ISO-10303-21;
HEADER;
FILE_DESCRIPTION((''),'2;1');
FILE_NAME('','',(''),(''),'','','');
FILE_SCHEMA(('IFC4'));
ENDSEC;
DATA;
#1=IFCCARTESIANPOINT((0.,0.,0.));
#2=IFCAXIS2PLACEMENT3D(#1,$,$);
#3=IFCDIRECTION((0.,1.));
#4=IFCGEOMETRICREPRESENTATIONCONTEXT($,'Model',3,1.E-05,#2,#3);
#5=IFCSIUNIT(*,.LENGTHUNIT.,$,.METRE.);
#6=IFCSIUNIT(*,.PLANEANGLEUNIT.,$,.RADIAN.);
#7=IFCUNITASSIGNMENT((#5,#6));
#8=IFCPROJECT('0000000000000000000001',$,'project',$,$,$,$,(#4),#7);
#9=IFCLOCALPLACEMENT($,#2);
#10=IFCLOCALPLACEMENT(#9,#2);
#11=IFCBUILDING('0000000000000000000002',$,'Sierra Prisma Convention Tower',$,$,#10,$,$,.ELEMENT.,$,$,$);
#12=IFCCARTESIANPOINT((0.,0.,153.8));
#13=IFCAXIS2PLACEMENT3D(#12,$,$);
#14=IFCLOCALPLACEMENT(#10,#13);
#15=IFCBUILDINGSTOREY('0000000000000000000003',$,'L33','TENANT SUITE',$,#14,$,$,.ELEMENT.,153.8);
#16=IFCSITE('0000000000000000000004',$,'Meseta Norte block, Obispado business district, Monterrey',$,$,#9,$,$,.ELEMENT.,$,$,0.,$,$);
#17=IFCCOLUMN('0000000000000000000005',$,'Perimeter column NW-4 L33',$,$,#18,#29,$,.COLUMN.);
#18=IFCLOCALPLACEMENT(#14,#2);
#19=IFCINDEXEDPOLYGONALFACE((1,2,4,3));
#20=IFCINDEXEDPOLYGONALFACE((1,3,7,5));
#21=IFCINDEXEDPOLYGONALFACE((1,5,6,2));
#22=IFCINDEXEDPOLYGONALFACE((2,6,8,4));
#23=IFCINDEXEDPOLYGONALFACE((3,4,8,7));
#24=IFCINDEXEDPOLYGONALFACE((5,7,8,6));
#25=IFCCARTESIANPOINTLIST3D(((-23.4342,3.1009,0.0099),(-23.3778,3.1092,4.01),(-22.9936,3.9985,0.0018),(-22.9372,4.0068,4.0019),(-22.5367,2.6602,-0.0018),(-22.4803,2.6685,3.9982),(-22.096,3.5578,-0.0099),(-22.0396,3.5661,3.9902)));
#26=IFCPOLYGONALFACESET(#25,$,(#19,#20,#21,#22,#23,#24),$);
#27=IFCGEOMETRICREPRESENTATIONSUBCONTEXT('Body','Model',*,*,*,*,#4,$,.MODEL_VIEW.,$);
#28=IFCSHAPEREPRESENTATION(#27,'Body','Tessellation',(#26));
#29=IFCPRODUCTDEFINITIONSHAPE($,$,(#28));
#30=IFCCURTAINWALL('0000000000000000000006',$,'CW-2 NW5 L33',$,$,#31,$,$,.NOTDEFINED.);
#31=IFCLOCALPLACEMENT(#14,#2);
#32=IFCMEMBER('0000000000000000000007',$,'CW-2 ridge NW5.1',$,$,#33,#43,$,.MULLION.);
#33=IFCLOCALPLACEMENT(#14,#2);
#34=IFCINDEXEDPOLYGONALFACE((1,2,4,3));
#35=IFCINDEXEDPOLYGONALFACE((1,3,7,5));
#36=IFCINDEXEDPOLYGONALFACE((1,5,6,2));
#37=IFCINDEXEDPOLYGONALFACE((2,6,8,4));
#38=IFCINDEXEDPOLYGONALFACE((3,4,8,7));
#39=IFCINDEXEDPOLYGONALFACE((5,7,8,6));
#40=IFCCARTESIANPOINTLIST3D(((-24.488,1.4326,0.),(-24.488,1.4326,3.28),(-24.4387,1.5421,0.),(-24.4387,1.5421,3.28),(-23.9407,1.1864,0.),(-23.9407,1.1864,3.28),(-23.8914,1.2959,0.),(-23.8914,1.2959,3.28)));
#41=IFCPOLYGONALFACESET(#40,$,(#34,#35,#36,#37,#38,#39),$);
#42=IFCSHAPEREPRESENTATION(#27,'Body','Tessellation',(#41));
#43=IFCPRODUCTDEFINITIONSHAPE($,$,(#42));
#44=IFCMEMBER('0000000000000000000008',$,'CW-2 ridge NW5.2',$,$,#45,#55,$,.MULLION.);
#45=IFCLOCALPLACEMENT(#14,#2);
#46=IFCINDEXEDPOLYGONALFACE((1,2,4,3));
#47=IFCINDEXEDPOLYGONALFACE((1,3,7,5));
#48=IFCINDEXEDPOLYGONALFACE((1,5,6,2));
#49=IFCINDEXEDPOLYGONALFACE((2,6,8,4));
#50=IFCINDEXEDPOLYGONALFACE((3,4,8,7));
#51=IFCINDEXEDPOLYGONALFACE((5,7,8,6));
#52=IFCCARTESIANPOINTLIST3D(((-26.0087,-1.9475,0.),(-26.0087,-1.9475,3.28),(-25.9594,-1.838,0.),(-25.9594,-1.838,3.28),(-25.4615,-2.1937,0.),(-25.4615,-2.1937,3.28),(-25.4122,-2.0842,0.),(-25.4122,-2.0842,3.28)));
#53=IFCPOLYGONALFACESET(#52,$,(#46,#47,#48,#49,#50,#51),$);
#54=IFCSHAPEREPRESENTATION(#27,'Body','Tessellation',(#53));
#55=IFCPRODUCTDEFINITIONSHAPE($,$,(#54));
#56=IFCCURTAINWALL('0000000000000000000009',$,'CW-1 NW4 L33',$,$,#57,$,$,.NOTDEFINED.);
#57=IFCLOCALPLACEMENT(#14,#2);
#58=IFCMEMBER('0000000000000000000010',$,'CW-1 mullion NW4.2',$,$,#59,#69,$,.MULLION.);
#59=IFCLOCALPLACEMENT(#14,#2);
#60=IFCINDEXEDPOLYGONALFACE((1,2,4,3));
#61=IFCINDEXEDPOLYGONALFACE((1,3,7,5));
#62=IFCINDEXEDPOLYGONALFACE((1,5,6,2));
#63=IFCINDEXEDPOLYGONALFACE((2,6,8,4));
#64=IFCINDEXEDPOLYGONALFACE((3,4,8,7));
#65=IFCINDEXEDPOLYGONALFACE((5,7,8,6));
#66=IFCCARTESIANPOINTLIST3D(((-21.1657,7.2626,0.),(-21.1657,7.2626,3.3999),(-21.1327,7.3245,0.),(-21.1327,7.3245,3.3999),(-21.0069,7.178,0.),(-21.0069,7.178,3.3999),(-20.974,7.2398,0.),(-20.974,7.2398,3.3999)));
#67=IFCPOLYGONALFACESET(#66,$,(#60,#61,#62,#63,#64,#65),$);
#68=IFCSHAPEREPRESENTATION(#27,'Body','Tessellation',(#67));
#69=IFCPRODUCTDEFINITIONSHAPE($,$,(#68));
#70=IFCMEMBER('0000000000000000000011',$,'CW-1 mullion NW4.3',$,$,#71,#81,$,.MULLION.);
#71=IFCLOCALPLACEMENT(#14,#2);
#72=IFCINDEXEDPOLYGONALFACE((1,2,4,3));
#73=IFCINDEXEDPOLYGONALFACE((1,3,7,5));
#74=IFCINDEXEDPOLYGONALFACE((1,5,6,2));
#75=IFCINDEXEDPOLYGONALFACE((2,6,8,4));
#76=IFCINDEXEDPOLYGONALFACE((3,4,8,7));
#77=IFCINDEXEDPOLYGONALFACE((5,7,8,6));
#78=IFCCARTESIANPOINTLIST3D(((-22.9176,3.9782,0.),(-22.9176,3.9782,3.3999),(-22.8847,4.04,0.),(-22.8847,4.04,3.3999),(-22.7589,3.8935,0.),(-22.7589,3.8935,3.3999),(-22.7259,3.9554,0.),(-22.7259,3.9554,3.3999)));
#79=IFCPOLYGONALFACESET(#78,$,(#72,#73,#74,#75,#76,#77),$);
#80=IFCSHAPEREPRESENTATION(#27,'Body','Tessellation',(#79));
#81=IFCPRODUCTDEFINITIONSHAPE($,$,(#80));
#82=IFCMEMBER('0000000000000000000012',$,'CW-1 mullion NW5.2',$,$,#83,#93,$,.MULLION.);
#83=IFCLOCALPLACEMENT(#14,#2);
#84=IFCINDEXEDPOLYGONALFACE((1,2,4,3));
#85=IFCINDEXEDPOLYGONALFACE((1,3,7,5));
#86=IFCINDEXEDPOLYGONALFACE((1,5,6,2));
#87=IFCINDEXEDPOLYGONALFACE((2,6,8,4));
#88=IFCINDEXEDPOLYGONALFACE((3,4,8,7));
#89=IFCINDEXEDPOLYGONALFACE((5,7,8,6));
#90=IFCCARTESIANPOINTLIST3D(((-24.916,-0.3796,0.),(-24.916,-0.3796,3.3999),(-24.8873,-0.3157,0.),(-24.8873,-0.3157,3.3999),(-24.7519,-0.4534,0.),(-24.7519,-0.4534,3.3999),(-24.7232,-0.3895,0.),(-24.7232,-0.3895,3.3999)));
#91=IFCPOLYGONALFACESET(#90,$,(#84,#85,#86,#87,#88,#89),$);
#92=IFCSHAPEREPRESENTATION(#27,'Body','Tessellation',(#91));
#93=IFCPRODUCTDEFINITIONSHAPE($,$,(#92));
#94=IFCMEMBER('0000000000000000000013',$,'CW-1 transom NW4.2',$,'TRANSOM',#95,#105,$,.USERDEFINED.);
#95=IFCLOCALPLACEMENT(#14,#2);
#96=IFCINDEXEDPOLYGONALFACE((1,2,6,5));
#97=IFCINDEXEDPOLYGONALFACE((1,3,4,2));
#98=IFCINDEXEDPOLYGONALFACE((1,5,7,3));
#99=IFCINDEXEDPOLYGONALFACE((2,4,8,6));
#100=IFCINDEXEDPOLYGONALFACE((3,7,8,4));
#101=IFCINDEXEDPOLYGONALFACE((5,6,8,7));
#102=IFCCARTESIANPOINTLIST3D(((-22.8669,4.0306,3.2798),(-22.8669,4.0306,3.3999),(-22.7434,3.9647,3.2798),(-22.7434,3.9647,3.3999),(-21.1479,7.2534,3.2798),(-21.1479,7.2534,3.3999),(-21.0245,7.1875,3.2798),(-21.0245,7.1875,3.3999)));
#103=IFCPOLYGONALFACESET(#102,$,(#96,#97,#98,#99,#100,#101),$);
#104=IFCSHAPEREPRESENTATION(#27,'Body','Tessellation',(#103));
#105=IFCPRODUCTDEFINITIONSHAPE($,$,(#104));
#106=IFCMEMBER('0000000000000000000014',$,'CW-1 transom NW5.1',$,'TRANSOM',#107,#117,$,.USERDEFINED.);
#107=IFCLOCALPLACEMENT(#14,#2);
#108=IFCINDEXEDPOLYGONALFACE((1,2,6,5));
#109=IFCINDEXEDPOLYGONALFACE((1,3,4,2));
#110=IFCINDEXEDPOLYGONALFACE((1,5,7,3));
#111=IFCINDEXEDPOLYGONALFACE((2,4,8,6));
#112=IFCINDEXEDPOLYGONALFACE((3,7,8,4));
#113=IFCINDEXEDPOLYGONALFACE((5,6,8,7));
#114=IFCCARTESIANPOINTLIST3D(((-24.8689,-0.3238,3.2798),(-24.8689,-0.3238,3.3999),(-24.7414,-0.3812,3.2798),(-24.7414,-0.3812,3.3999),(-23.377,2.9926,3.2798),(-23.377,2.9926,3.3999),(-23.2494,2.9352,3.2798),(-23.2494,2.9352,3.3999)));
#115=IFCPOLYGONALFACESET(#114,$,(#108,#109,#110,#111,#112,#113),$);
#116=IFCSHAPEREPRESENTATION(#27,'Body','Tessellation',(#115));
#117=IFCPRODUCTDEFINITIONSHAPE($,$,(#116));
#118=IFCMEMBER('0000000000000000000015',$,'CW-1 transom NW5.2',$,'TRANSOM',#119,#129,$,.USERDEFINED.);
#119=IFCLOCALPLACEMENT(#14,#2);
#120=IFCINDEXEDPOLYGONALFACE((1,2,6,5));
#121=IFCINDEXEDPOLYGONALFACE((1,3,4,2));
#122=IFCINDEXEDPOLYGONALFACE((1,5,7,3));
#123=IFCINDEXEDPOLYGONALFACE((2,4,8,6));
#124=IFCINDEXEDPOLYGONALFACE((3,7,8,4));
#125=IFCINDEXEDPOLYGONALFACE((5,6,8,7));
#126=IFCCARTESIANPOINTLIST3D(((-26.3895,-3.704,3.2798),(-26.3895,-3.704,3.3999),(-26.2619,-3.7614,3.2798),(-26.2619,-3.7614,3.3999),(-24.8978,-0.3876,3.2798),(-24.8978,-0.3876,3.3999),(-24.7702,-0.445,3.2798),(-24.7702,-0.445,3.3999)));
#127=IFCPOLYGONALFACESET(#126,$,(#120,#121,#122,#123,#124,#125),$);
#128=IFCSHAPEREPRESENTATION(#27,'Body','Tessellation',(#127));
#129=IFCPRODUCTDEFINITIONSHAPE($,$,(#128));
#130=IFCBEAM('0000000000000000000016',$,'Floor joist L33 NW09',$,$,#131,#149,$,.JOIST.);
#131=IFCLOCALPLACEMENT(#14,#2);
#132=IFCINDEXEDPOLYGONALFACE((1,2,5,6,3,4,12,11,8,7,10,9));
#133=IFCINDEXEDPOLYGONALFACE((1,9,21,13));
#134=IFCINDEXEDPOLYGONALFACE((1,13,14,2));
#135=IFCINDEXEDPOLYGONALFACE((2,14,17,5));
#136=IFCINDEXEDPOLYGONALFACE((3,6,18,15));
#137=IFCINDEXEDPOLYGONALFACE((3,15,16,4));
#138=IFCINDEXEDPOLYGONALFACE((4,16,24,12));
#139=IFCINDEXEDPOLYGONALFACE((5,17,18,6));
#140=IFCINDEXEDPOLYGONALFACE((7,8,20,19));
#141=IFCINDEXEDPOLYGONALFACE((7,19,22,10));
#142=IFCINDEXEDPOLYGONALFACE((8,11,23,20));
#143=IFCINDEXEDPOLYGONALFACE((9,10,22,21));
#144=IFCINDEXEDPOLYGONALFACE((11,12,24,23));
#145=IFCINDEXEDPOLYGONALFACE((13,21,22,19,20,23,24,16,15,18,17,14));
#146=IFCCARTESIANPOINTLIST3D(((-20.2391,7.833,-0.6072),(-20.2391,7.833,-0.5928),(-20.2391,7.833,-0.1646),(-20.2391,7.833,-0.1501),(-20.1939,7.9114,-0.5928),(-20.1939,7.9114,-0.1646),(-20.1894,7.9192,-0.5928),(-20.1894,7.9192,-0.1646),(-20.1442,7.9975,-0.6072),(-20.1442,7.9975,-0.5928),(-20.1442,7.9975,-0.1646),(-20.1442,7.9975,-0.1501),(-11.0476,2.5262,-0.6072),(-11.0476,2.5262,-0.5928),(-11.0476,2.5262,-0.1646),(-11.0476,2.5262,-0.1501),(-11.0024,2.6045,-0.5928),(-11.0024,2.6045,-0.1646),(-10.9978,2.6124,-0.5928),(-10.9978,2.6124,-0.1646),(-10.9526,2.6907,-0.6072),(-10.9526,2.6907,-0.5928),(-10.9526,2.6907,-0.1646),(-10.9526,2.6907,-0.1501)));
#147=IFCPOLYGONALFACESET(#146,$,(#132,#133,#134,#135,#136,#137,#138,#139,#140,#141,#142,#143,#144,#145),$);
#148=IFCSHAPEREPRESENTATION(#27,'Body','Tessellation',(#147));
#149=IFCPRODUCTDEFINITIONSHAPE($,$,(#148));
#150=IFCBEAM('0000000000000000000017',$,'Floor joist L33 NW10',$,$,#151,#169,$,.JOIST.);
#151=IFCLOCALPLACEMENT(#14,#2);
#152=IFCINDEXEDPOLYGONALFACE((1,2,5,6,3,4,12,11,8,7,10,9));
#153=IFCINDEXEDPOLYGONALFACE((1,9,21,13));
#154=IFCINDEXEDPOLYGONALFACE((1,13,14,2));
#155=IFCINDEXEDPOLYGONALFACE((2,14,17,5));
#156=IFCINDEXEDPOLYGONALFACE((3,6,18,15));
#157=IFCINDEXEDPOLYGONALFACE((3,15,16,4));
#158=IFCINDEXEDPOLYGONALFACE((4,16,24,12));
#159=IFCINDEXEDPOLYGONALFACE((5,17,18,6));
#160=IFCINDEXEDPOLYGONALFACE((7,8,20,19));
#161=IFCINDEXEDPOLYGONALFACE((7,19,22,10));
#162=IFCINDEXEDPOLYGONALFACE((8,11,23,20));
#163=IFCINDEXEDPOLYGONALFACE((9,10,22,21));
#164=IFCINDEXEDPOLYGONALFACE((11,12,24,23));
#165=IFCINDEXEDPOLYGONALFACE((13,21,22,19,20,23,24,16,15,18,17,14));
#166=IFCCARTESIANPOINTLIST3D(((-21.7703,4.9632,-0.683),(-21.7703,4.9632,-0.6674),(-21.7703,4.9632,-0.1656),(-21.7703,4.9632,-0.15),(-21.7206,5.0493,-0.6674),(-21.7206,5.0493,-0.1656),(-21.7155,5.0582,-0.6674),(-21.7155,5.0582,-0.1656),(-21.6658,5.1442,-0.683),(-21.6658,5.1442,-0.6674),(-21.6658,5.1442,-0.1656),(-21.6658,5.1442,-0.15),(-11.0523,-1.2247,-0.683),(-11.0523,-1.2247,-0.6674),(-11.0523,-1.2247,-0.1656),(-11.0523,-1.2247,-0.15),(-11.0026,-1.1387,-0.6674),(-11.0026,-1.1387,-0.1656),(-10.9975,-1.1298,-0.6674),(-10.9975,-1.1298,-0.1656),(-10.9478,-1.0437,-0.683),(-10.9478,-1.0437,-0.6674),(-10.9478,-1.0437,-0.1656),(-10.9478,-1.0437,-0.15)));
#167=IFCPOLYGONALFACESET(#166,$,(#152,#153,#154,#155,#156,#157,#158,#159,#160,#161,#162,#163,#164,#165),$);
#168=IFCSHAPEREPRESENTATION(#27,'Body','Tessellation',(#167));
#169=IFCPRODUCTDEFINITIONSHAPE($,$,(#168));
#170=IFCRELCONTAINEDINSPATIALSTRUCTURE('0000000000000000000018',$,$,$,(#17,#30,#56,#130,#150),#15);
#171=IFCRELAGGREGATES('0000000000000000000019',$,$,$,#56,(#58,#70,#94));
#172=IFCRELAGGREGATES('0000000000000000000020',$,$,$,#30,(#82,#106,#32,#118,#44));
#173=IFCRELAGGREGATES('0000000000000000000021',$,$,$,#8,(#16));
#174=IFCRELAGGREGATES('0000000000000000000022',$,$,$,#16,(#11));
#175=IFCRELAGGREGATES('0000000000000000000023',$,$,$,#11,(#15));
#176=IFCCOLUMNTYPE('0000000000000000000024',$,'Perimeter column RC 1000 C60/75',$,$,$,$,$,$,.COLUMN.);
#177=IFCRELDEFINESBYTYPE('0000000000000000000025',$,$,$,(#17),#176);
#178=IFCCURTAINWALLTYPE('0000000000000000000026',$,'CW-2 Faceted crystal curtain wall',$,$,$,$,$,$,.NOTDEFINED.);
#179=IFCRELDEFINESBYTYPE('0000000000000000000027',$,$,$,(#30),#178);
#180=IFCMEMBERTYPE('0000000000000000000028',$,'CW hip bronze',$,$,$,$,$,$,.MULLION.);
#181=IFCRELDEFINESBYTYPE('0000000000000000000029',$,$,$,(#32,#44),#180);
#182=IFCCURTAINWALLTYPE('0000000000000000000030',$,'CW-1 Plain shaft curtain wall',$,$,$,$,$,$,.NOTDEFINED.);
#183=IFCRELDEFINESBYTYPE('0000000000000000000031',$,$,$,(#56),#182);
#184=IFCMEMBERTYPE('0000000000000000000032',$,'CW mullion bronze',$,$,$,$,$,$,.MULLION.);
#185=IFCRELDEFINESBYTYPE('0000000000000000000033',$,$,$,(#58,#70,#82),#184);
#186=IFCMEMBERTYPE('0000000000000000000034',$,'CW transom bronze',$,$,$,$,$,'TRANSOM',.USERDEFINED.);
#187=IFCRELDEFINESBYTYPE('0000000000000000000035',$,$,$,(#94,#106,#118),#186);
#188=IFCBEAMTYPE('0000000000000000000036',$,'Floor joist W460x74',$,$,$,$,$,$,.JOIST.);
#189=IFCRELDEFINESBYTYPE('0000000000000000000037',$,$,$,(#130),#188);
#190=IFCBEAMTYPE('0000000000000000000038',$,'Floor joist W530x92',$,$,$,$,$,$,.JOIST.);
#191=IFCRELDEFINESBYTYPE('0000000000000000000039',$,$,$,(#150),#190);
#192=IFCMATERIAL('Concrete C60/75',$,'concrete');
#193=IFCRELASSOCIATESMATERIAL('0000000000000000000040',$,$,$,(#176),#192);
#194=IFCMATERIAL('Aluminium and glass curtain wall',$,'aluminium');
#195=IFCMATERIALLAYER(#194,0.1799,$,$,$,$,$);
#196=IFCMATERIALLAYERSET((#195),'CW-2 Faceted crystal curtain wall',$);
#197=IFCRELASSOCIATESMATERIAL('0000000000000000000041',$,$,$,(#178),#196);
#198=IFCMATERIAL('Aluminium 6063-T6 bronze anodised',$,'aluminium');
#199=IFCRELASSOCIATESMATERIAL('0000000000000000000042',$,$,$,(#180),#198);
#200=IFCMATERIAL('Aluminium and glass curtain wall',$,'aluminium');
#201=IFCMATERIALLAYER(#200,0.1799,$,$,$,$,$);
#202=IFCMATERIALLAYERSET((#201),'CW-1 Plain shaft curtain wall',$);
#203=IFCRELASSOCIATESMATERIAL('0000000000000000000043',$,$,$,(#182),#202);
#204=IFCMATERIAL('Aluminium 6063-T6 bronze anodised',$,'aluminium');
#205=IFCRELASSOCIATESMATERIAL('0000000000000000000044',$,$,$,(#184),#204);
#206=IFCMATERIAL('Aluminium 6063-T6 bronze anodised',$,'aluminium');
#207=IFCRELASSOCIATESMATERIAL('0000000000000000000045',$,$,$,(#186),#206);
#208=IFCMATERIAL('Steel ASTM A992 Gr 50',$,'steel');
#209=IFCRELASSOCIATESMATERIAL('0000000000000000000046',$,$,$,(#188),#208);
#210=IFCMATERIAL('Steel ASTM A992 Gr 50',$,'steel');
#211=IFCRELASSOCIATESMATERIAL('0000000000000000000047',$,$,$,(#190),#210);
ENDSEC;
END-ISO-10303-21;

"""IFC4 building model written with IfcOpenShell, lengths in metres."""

from ifc_helpers import new_model, si_unit, direction, frame, origin, origin_2d, place, context, subcontext, project, spatial, rectangle, i_section, extrude, material, layer, layer_set, material_profile, profile_set, type_object, element, aggregate, save


model = new_model("IFC4")

# Units and contexts
model_context = context("Model", 3, precision=1e-05, world=origin(), true_north=direction((0.0, 1.0)))
body_context = subcontext(model_context, "Body", "Model", "MODEL_VIEW")
ifc_project = project(units=[si_unit("LENGTHUNIT", "METRE"), si_unit("PLANEANGLEUNIT", "RADIAN")], contexts=[model_context])

# Site, building, storey
site_placement = place(None, origin())
site = spatial("IfcSite", under=ifc_project, at=site_placement, Name="Meseta Norte block, Obispado business district, Monterrey", CompositionType="ELEMENT", RefElevation=0.0)
building_placement = place(site_placement, origin())
building = spatial("IfcBuilding", under=site, at=building_placement, Name="Sierra Prisma Convention Tower", CompositionType="ELEMENT")
storey_placement = place(building_placement, frame((0.0, 0.0, 153.8)))
storey = spatial("IfcBuildingStorey", under=building, at=storey_placement, Name="L33", Description="TENANT SUITE", CompositionType="ELEMENT", Elevation=153.8)

# Column
ifc_material_1 = material(Name="Concrete C60/75", Category="concrete")
ifc_material_profile_1 = material_profile(ifc_material_1, rectangle(XDim=1.0, YDim=1.0, at=origin_2d()), Name="Perimeter column RC 1000 C60/75")
ifc_profile_set_1 = profile_set([ifc_material_profile_1], Name="Concrete C60/75")
column_type = type_object("IfcColumnType", Name="Perimeter column RC 1000 C60/75", PredefinedType="COLUMN", material=ifc_profile_set_1)
column_placement = place(storey_placement, frame((-22.7651, 3.3293, 0.0), z_axis=(0.014098, 0.002075, 0.999898), x_axis=(0.440646, 0.897645, -0.008076)))
element("IfcColumn", 1, at=column_placement, inside=storey, type_object=column_type, Name="Perimeter column NW-4 L33", PredefinedType="COLUMN", context=body_context, shape_type="SweptSolid", body=[
    extrude(rectangle(XDim=1.0, YDim=1.0, at=origin_2d()), origin(), (0.0, 0.0, 1.0), 4.0005),
])

# Curtain walls, members
ifc_material_2 = material(Name="Aluminium and glass curtain wall", Category="aluminium")
ifc_layer_1 = layer(ifc_material_2, 0.1799)
ifc_layer_set_1 = layer_set([ifc_layer_1], Name="CW-2 Faceted crystal curtain wall")
curtain_wall_type_1 = type_object("IfcCurtainWallType", Name="CW-2 Faceted crystal curtain wall", PredefinedType="NOTDEFINED", material=ifc_layer_set_1)
curtain_wall_1_placement = place(storey_placement, origin())
curtain_wall_1 = element("IfcCurtainWall", 2, at=curtain_wall_1_placement, inside=storey, type_object=curtain_wall_type_1, Name="CW-2 NW5 L33", PredefinedType="NOTDEFINED")
ifc_material_3 = material(Name="Aluminium 6063-T6 bronze anodised", Category="aluminium")
ifc_material_profile_2 = material_profile(ifc_material_3, rectangle(XDim=0.1201, YDim=0.6001, at=origin_2d()), Name="ALU RIDGE BLADE 120x600")
ifc_profile_set_2 = profile_set([ifc_material_profile_2], Name="Aluminium 6063-T6 bronze anodised")
member_type_1 = type_object("IfcMemberType", Name="CW hip bronze", PredefinedType="MULLION", material=ifc_profile_set_2)
member_1_placement = place(storey_placement, frame((-24.1897, 1.3643, 0.0), z_axis=(0.0, 0.0, 1.0), x_axis=(-0.410271, -0.911964, 0.0)))
member_1 = element("IfcMember", 3, at=member_1_placement, type_object=member_type_1, Name="CW-2 ridge NW5.1", PredefinedType="MULLION", context=body_context, shape_type="SweptSolid", body=[
    extrude(rectangle(XDim=0.1201, YDim=0.6001, at=origin_2d()), origin(), (0.0, 0.0, 1.0), 3.28),
])
member_2_placement = place(storey_placement, frame((-25.7104, -2.0159, 0.0), z_axis=(0.0, 0.0, 1.0), x_axis=(-0.410271, -0.911964, 0.0)))
member_2 = element("IfcMember", 4, at=member_2_placement, type_object=member_type_1, Name="CW-2 ridge NW5.2", PredefinedType="MULLION", context=body_context, shape_type="SweptSolid", body=[
    extrude(rectangle(XDim=0.1201, YDim=0.6001, at=origin_2d()), origin(), (0.0, 0.0, 1.0), 3.28),
])
ifc_material_4 = material(Name="Aluminium and glass curtain wall", Category="aluminium")
ifc_layer_2 = layer(ifc_material_4, 0.1799)
ifc_layer_set_2 = layer_set([ifc_layer_2], Name="CW-1 Plain shaft curtain wall")
curtain_wall_type_2 = type_object("IfcCurtainWallType", Name="CW-1 Plain shaft curtain wall", PredefinedType="NOTDEFINED", material=ifc_layer_set_2)
curtain_wall_2_placement = place(storey_placement, origin())
curtain_wall_2 = element("IfcCurtainWall", 5, at=curtain_wall_2_placement, inside=storey, type_object=curtain_wall_type_2, Name="CW-1 NW4 L33", PredefinedType="NOTDEFINED")
ifc_material_5 = material(Name="Aluminium 6063-T6 bronze anodised", Category="aluminium")
ifc_material_profile_3 = material_profile(ifc_material_5, rectangle(XDim=0.1799, YDim=0.0701, at=origin_2d()), Name="ALU MULLION 70x180")
ifc_profile_set_3 = profile_set([ifc_material_profile_3], Name="Aluminium 6063-T6 bronze anodised")
member_type_2 = type_object("IfcMemberType", Name="CW mullion bronze", PredefinedType="MULLION", material=ifc_profile_set_3)
member_3_placement = place(storey_placement, frame((-21.0698, 7.2512, 0.0), z_axis=(0.0, 0.0, 1.0), x_axis=(0.882341, -0.470611, 0.0)))
member_3 = element("IfcMember", 6, at=member_3_placement, type_object=member_type_2, Name="CW-1 mullion NW4.2", PredefinedType="MULLION", context=body_context, shape_type="SweptSolid", body=[
    extrude(rectangle(XDim=0.1799, YDim=0.0701, at=origin_2d()), origin(), (0.0, 0.0, 1.0), 3.3999),
])
member_4_placement = place(storey_placement, frame((-22.8218, 3.9668, 0.0), z_axis=(0.0, 0.0, 1.0), x_axis=(0.882341, -0.470611, 0.0)))
member_4 = element("IfcMember", 7, at=member_4_placement, type_object=member_type_2, Name="CW-1 mullion NW4.3", PredefinedType="MULLION", context=body_context, shape_type="SweptSolid", body=[
    extrude(rectangle(XDim=0.1799, YDim=0.0701, at=origin_2d()), origin(), (0.0, 0.0, 1.0), 3.3999),
])

# Members
member_5_placement = place(storey_placement, frame((-24.8196, -0.3845, 0.0), z_axis=(0.0, 0.0, 1.0), x_axis=(0.911964, -0.410271, 0.0)))
member_5 = element("IfcMember", 8, at=member_5_placement, type_object=member_type_2, Name="CW-1 mullion NW5.2", PredefinedType="MULLION", context=body_context, shape_type="SweptSolid", body=[
    extrude(rectangle(XDim=0.1799, YDim=0.0701, at=origin_2d()), origin(), (0.0, 0.0, 1.0), 3.3999),
])
ifc_material_6 = material(Name="Aluminium 6063-T6 bronze anodised", Category="aluminium")
ifc_material_profile_4 = material_profile(ifc_material_6, rectangle(XDim=0.1399, YDim=0.1201, at=origin_2d()), Name="ALU TRANSOM 120x140")
ifc_profile_set_4 = profile_set([ifc_material_profile_4], Name="Aluminium 6063-T6 bronze anodised")
member_type_3 = type_object("IfcMemberType", Name="CW transom bronze", ElementType="TRANSOM", PredefinedType="USERDEFINED", material=ifc_profile_set_4)
member_6_placement = place(storey_placement, frame((-21.0862, 7.2205, 3.3398), z_axis=(-0.470613, -0.88234, 0.0), x_axis=(0.88234, -0.470613, 0.0)))
member_6 = element("IfcMember", 9, at=member_6_placement, type_object=member_type_3, Name="CW-1 transom NW4.2", ObjectType="TRANSOM", PredefinedType="USERDEFINED", context=body_context, shape_type="SweptSolid", body=[
    extrude(rectangle(XDim=0.1399, YDim=0.1201, at=origin_2d()), origin(), (0.0, 0.0, 1.0), 3.6526),
])
member_7_placement = place(storey_placement, frame((-23.3132, 2.9639, 3.3398), z_axis=(-0.410264, -0.911967, 0.0), x_axis=(0.911967, -0.410264, 0.0)))
member_7 = element("IfcMember", 10, at=member_7_placement, type_object=member_type_3, Name="CW-1 transom NW5.1", ObjectType="TRANSOM", PredefinedType="USERDEFINED", context=body_context, shape_type="SweptSolid", body=[
    extrude(rectangle(XDim=0.1399, YDim=0.1201, at=origin_2d()), origin(), (0.0, 0.0, 1.0), 3.6365),
])
member_8_placement = place(storey_placement, frame((-24.834, -0.4163, 3.3398), z_axis=(-0.410208, -0.911992, 0.0), x_axis=(0.911992, -0.410208, 0.0)))
member_8 = element("IfcMember", 11, at=member_8_placement, type_object=member_type_3, Name="CW-1 transom NW5.2", ObjectType="TRANSOM", PredefinedType="USERDEFINED", context=body_context, shape_type="SweptSolid", body=[
    extrude(rectangle(XDim=0.1399, YDim=0.1201, at=origin_2d()), origin(), (0.0, 0.0, 1.0), 3.6365),
])

# Beams
ifc_material_7 = material(Name="Steel ASTM A992 Gr 50", Category="steel")
ifc_material_profile_5 = material_profile(ifc_material_7, i_section(OverallWidth=0.1899, OverallDepth=0.457, WebThickness=0.009, FlangeThickness=0.0144, at=origin_2d()), Name="W460x74")
ifc_profile_set_5 = profile_set([ifc_material_profile_5], Name="Steel ASTM A992 Gr 50")
beam_type_1 = type_object("IfcBeamType", Name="Floor joist W460x74", PredefinedType="JOIST", material=ifc_profile_set_5)
beam_1_placement = place(storey_placement, frame((-20.1917, 7.9153, -0.3787), z_axis=(0.866022, -0.500006, 0.0), x_axis=(0.500006, 0.866022, 0.0)))
element("IfcBeam", 12, at=beam_1_placement, inside=storey, type_object=beam_type_1, Name="Floor joist L33 NW09", PredefinedType="JOIST", context=body_context, shape_type="SweptSolid", body=[
    extrude(i_section(OverallWidth=0.1899, OverallDepth=0.457, WebThickness=0.009, FlangeThickness=0.0144, at=origin_2d()), origin(), (0.0, 0.0, 1.0), 10.6135),
])
ifc_material_8 = material(Name="Steel ASTM A992 Gr 50", Category="steel")
ifc_material_profile_6 = material_profile(ifc_material_8, i_section(OverallWidth=0.209, OverallDepth=0.533, WebThickness=0.0103, FlangeThickness=0.0156, at=origin_2d()), Name="W530x92")
ifc_profile_set_6 = profile_set([ifc_material_profile_6], Name="Steel ASTM A992 Gr 50")
beam_type_2 = type_object("IfcBeamType", Name="Floor joist W530x92", PredefinedType="JOIST", material=ifc_profile_set_6)
beam_2_placement = place(storey_placement, frame((-21.718, 5.0537, -0.4165), z_axis=(0.866028, -0.499996, 0.0), x_axis=(0.499996, 0.866028, 0.0)))
element("IfcBeam", 13, at=beam_2_placement, inside=storey, type_object=beam_type_2, Name="Floor joist L33 NW10", PredefinedType="JOIST", context=body_context, shape_type="SweptSolid", body=[
    extrude(i_section(OverallWidth=0.209, OverallDepth=0.533, WebThickness=0.0103, FlangeThickness=0.0156, at=origin_2d()), origin(), (0.0, 0.0, 1.0), 12.376),
])

aggregate(curtain_wall_2, [member_3, member_4, member_6])
aggregate(curtain_wall_1, [member_5, member_7, member_1, member_8, member_2])

save(model, "model.ifc")
